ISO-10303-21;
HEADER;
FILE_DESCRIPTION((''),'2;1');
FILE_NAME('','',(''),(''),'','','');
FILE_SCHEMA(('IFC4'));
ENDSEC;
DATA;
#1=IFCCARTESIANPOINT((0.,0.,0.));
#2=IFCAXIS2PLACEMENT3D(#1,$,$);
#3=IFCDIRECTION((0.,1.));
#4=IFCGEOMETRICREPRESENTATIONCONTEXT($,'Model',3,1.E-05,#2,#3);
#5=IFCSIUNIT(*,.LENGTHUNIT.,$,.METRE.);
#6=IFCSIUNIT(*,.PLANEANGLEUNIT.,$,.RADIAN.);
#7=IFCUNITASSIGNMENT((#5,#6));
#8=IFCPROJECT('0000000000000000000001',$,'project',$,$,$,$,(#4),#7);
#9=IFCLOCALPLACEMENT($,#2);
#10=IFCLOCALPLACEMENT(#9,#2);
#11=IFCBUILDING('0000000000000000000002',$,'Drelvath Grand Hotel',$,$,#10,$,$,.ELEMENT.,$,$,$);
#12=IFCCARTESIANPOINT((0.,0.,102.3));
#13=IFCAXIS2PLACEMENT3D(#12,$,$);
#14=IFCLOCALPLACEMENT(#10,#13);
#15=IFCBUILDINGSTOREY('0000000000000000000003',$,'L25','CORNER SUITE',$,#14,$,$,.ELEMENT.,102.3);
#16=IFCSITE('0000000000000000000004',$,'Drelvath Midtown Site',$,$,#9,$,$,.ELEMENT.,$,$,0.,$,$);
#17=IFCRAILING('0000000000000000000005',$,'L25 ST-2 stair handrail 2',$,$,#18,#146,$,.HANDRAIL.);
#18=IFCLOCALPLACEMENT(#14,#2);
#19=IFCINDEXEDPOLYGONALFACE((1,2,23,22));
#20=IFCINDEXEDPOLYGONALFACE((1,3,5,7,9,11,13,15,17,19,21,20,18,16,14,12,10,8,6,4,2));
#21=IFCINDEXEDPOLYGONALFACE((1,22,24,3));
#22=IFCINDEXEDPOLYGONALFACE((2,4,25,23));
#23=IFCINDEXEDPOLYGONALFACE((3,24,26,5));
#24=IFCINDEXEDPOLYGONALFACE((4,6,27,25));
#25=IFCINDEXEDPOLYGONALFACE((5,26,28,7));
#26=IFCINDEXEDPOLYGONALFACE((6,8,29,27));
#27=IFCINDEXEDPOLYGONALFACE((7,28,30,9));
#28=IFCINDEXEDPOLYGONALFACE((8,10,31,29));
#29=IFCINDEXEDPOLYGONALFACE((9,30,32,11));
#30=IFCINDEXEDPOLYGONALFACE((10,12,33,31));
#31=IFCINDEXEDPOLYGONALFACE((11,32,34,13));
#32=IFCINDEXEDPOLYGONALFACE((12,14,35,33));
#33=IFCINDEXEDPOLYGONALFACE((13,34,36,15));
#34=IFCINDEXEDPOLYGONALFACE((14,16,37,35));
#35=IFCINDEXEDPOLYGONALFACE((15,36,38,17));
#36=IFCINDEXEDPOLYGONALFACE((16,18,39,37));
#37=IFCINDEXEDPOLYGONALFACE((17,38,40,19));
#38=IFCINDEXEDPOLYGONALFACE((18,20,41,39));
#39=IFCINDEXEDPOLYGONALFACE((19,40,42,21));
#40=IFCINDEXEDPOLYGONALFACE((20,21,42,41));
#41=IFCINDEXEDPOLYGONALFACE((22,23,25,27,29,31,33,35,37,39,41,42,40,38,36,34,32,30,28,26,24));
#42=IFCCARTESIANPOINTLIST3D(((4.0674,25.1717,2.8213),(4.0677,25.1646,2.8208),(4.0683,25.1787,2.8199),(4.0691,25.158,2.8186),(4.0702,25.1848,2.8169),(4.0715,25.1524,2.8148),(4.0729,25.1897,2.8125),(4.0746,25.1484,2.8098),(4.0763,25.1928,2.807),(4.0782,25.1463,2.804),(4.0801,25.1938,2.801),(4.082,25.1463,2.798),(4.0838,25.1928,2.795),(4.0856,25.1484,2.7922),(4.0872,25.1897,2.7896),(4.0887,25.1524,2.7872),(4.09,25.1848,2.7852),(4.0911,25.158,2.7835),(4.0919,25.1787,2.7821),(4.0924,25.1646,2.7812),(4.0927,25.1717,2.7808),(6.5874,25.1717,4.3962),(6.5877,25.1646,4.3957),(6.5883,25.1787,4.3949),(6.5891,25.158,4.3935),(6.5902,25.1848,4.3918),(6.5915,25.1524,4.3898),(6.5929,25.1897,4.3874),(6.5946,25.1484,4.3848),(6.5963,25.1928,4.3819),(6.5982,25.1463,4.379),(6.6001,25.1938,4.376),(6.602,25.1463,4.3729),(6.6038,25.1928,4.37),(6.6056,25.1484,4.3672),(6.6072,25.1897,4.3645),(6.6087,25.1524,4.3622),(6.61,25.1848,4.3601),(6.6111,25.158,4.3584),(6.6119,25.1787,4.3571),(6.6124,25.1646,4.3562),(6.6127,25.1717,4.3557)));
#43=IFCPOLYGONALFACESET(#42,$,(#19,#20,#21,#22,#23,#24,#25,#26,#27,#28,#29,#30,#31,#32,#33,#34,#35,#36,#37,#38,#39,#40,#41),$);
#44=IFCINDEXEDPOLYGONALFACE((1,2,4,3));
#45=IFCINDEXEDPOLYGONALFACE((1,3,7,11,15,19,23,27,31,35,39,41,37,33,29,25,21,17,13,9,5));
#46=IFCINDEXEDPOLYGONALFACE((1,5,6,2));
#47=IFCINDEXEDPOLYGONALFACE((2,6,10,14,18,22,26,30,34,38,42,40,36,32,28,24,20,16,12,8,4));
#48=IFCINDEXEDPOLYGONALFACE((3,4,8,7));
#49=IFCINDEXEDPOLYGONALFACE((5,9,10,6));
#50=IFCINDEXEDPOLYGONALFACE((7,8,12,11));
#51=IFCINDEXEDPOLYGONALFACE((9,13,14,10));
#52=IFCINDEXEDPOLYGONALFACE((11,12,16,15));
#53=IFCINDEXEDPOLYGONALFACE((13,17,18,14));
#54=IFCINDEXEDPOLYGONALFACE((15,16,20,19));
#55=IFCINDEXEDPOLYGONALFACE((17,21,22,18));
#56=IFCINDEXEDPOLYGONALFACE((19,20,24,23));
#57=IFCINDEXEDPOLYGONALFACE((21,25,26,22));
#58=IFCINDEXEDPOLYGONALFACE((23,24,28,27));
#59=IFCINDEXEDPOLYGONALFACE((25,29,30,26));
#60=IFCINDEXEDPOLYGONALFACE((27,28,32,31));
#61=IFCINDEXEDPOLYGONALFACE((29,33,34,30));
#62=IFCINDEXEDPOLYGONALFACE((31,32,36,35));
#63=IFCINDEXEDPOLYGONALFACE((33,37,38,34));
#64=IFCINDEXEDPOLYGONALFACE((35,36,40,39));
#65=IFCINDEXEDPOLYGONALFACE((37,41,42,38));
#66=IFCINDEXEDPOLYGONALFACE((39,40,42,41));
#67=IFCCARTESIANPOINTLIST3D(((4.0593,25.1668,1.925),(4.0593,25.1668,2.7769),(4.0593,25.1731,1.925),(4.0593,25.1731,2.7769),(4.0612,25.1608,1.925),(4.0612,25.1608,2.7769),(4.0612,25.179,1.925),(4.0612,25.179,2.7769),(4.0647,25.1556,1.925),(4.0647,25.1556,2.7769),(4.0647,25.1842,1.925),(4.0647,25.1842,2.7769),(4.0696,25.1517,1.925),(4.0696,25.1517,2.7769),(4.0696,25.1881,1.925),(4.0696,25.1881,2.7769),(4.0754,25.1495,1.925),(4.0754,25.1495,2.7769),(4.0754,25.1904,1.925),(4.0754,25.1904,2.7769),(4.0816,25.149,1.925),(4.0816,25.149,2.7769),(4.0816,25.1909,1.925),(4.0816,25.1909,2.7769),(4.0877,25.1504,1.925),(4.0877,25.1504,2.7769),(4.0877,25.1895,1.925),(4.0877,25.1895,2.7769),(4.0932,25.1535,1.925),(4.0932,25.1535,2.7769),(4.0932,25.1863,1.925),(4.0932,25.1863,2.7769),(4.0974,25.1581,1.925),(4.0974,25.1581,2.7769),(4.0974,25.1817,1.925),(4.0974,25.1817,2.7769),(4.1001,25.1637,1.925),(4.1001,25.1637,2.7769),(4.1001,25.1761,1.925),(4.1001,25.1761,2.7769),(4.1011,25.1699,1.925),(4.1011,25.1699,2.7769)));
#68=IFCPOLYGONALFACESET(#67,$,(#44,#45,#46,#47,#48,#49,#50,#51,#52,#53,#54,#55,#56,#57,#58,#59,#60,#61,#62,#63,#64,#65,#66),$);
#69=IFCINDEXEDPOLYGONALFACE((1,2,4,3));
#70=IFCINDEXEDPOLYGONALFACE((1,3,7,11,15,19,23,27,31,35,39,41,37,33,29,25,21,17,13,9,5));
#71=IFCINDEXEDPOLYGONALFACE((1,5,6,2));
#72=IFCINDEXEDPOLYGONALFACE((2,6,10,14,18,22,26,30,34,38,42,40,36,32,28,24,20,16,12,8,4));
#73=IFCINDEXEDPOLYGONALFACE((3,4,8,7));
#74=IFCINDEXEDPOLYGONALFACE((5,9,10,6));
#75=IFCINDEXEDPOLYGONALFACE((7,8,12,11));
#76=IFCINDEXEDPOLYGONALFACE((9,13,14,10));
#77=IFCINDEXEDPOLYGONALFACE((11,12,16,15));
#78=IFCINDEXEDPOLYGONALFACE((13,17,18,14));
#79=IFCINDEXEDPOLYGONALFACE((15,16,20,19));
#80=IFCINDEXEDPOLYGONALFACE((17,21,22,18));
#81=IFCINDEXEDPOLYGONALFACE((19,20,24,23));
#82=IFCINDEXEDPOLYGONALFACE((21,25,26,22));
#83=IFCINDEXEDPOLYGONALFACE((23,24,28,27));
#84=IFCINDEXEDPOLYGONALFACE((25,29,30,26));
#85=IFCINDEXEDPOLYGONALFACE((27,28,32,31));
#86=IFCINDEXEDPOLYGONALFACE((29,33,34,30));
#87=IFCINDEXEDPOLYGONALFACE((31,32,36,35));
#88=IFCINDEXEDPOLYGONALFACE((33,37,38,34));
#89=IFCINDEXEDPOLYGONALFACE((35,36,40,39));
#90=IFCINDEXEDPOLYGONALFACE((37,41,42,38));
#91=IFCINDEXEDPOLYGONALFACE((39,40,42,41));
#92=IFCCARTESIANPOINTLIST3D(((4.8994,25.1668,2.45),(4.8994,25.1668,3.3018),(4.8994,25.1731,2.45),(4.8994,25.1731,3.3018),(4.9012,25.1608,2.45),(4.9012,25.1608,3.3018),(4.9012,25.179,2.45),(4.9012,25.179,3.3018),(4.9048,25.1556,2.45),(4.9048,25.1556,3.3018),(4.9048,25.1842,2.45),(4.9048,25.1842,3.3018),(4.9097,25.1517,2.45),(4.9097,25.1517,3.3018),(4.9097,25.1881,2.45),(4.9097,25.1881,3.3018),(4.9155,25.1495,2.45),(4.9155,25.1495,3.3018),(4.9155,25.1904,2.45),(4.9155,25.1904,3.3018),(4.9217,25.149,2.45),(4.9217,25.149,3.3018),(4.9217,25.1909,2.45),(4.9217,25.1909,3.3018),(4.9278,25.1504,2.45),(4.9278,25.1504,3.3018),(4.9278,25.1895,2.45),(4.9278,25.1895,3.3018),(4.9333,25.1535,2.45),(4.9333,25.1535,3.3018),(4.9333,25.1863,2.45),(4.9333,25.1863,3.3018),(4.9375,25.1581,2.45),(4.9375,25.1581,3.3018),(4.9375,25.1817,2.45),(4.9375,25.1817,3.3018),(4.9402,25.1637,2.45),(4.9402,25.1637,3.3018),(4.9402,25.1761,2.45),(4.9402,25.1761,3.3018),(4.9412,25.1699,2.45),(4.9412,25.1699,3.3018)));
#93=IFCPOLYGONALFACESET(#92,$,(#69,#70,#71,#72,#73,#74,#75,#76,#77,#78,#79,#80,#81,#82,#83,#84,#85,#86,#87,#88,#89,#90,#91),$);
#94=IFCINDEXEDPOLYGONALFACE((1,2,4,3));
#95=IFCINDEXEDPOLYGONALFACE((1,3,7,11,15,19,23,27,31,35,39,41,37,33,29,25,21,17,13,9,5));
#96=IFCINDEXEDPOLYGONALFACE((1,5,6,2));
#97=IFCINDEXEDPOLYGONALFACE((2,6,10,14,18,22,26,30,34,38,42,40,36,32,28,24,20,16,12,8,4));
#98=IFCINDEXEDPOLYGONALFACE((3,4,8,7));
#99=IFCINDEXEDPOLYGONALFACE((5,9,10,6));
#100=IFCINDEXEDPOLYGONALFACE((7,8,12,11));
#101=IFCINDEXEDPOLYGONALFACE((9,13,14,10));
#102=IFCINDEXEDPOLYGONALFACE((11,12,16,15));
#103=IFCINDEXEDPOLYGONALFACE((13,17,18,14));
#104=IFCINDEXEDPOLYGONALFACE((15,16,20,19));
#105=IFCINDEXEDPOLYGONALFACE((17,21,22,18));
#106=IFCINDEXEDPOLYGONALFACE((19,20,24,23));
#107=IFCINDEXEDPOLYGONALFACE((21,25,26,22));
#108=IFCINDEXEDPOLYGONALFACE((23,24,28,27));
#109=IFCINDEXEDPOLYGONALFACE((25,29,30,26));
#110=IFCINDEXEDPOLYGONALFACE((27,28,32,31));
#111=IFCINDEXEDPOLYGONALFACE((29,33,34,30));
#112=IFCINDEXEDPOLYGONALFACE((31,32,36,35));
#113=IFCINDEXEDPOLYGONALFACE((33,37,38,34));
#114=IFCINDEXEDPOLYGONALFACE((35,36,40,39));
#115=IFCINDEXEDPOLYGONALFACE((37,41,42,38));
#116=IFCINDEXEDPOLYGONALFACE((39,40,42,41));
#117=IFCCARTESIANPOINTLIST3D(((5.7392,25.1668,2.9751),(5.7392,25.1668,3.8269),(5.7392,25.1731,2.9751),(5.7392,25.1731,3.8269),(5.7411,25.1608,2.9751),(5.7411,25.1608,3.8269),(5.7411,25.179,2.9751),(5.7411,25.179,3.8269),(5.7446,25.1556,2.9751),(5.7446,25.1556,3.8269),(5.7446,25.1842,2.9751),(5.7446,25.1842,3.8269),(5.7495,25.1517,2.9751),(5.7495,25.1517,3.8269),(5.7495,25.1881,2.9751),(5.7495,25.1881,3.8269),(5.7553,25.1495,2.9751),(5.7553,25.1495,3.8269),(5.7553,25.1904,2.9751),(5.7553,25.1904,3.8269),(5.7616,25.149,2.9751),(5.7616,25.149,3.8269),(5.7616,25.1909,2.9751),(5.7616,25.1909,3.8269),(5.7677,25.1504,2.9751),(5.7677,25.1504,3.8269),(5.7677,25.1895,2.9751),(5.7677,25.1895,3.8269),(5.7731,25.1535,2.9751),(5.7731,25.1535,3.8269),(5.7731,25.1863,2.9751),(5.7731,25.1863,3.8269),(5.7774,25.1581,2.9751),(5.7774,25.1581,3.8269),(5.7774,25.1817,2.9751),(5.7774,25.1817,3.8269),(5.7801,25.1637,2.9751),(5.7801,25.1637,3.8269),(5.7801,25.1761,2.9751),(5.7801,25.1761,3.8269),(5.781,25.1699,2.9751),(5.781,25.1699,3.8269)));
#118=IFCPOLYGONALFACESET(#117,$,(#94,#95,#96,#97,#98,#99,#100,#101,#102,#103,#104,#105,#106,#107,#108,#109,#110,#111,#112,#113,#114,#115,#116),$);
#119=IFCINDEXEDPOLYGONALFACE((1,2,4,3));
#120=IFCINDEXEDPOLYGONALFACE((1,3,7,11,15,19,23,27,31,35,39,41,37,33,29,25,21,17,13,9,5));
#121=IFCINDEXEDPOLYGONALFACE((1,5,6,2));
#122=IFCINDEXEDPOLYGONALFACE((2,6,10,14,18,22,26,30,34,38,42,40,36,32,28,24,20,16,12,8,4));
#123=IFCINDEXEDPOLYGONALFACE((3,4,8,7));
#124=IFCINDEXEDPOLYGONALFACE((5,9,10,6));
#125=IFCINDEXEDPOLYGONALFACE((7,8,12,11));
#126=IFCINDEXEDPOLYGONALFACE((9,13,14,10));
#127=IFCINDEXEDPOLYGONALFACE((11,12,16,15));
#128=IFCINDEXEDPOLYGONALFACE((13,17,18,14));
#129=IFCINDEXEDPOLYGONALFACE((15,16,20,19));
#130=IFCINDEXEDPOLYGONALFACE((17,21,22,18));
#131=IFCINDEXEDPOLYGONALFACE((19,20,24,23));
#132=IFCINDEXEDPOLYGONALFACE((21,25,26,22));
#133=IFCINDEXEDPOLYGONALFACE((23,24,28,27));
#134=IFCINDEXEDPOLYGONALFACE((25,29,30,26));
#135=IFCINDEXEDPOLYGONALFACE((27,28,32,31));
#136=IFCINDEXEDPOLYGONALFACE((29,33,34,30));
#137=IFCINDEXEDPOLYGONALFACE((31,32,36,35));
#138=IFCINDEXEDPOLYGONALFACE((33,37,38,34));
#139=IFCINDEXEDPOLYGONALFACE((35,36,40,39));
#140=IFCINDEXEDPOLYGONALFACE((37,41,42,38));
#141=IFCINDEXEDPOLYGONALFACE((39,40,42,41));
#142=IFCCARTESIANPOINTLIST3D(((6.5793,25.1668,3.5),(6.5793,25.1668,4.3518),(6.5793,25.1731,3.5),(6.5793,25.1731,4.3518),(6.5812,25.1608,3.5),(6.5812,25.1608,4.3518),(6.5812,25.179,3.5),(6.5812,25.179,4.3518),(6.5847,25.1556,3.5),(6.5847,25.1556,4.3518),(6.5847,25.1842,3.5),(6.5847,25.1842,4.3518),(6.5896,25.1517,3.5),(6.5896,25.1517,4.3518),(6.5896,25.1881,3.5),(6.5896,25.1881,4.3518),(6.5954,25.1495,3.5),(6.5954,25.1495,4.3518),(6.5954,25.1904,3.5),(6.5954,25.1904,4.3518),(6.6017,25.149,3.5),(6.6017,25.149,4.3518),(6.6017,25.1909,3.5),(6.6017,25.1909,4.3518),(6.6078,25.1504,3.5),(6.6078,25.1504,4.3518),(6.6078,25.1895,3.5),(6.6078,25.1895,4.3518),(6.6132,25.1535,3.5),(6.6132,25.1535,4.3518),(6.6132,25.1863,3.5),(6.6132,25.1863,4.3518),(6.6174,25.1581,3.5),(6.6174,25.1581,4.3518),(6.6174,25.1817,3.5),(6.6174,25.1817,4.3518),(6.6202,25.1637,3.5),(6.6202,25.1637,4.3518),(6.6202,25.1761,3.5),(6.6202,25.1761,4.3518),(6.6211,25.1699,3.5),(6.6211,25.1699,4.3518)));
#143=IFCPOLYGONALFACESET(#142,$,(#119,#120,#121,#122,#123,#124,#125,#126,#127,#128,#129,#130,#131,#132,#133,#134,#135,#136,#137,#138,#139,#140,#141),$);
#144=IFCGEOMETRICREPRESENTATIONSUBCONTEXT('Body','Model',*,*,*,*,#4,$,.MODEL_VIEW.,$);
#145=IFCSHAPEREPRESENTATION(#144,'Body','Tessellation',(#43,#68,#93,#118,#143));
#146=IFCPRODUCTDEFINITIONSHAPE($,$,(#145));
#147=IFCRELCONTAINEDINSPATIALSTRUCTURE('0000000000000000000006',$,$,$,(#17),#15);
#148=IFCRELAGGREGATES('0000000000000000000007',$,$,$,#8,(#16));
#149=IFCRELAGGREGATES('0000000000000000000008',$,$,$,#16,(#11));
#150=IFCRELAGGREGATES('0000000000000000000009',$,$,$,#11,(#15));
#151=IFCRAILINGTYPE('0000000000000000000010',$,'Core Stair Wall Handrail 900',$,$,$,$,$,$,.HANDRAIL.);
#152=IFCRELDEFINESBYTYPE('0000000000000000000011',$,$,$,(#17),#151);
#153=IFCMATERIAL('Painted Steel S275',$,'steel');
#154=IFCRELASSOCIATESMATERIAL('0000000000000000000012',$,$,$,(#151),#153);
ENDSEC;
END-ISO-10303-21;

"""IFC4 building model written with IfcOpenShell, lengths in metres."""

from ifc_helpers import new_model, si_unit, direction, frame, origin, origin_2d, place, context, subcontext, project, spatial, circle, extrude, material, type_object, element, save


model = new_model("IFC4")

# Units and contexts
model_context = context("Model", 3, precision=1e-05, world=origin(), true_north=direction((0.0, 1.0)))
body_context = subcontext(model_context, "Body", "Model", "MODEL_VIEW")
ifc_project = project(units=[si_unit("LENGTHUNIT", "METRE"), si_unit("PLANEANGLEUNIT", "RADIAN")], contexts=[model_context])

# Site, building, storey
site_placement = place(None, origin())
site = spatial("IfcSite", under=ifc_project, at=site_placement, Name="Drelvath Midtown Site", CompositionType="ELEMENT", RefElevation=0.0)
building_placement = place(site_placement, origin())
building = spatial("IfcBuilding", under=site, at=building_placement, Name="Drelvath Grand Hotel", CompositionType="ELEMENT")
storey_placement = place(building_placement, frame((0.0, 0.0, 102.3)))
storey = spatial("IfcBuildingStorey", under=building, at=storey_placement, Name="L25", Description="CORNER SUITE", CompositionType="ELEMENT", Elevation=102.3)

# Railing
ifc_material_1 = material(Name="Painted Steel S275", Category="steel")
railing_type_1 = type_object("IfcRailingType", Name="Core Stair Wall Handrail 900", PredefinedType="HANDRAIL", material=ifc_material_1)
railing_1_placement = place(storey_placement, frame((4.0801, 25.1699, 1.925)))
element("IfcRailing", 1, at=railing_1_placement, inside=storey, type_object=railing_type_1, Name="L25 ST-2 stair handrail 2", PredefinedType="HANDRAIL", context=body_context, shape_type="SweptSolid", body=[
    extrude(circle(Radius=0.0239, at=origin_2d()), frame((0.0, 0.0, 0.876), z_axis=(0.848008, 0.0, 0.529984), x_axis=(0.0, 1.0, 0.0)), (0.0, 0.0, 1.0), 2.9717),
    extrude(circle(Radius=0.021, at=origin_2d()), origin(), (0.0, 0.0, 1.0), 0.8518),
    extrude(circle(Radius=0.021, at=origin_2d()), frame((0.8401, 0.0, 0.5249)), (0.0, 0.0, 1.0), 0.8518),
    extrude(circle(Radius=0.021, at=origin_2d()), frame((1.6799, 0.0, 1.05)), (0.0, 0.0, 1.0), 0.8518),
    extrude(circle(Radius=0.021, at=origin_2d()), frame((2.52, 0.0, 1.575)), (0.0, 0.0, 1.0), 0.8518),
])

save(model, "model.ifc")
